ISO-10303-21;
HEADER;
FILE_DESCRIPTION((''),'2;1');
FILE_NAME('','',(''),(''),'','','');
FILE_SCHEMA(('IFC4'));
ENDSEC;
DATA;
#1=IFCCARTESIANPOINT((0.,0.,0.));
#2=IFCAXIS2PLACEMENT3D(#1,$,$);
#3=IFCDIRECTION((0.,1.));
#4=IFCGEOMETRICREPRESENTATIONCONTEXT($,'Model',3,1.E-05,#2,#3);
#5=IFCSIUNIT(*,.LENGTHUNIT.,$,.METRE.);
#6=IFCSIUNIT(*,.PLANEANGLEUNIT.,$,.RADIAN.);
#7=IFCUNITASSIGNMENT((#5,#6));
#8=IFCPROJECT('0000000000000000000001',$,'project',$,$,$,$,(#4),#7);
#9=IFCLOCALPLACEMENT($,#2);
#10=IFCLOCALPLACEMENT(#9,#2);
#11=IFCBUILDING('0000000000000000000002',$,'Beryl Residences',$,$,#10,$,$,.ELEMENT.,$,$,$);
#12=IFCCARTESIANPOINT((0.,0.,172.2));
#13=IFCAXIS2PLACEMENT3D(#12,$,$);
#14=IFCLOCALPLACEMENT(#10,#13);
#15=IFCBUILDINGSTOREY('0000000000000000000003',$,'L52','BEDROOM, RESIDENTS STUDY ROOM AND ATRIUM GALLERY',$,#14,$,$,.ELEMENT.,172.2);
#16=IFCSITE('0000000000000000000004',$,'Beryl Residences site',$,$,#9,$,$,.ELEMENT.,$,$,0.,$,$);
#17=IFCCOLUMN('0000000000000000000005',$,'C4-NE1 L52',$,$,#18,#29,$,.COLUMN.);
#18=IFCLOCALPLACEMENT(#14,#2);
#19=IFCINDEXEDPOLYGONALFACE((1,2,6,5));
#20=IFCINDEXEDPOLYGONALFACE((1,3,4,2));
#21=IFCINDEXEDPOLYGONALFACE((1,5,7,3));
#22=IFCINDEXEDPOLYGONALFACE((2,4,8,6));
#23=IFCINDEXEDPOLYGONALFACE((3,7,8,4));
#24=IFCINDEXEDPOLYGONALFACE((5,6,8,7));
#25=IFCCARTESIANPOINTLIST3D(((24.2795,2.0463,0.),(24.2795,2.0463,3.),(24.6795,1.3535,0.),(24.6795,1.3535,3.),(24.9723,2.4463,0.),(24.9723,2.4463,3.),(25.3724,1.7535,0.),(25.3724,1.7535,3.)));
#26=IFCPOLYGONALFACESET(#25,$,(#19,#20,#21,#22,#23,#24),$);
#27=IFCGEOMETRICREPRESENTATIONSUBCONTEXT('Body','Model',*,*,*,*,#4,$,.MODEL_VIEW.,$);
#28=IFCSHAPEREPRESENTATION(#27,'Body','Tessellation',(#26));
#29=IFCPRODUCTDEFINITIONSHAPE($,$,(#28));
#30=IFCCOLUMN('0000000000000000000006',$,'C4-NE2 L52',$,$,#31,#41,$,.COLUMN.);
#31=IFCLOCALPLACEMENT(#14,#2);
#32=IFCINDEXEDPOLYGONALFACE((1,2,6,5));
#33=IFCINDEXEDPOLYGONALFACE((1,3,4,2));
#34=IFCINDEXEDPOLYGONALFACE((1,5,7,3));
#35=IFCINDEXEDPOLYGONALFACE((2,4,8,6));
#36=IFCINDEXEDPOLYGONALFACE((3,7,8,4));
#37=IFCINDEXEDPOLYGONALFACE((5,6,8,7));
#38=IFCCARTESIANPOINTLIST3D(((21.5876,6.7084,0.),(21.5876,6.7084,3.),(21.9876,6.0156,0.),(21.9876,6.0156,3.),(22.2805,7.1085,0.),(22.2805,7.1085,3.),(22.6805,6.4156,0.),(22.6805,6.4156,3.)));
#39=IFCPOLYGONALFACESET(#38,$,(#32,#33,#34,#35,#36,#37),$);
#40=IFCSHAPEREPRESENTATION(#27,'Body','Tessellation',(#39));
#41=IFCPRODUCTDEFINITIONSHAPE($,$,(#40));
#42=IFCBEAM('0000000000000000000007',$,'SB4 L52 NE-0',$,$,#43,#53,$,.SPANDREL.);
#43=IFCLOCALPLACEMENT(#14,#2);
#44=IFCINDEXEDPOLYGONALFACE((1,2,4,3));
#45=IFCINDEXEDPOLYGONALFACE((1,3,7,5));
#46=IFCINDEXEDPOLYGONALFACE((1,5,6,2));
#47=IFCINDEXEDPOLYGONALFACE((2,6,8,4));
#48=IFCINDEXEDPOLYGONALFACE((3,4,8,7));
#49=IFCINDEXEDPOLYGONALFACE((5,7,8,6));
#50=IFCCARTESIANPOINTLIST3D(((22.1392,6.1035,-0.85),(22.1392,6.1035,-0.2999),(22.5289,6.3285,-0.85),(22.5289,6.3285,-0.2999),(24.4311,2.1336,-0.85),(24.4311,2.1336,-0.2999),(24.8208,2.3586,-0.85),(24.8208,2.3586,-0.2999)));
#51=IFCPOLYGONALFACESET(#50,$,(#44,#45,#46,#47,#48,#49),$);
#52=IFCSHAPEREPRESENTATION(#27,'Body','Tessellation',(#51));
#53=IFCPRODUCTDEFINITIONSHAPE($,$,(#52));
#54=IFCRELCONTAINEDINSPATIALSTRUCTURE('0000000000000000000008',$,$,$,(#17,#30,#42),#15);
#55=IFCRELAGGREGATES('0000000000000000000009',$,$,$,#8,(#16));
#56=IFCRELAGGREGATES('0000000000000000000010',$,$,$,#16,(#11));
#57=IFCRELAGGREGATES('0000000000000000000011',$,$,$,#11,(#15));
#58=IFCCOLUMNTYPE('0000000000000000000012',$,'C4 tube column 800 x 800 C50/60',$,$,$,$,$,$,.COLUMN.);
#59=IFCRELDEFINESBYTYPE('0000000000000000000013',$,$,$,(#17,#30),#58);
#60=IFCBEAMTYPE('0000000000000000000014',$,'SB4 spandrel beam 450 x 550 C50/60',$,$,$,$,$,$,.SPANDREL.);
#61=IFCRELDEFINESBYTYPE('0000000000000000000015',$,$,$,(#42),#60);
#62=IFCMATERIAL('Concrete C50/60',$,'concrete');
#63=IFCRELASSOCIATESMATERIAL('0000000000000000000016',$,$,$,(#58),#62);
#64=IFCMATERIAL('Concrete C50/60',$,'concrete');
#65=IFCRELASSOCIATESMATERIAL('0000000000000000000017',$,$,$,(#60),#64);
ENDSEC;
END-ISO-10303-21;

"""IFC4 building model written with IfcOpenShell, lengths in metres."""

from ifc_helpers import new_model, si_unit, direction, frame, origin, origin_2d, place, context, subcontext, project, spatial, rectangle, extrude, material, material_profile, profile_set, type_object, element, save


model = new_model("IFC4")

# Units and contexts
model_context = context("Model", 3, precision=1e-05, world=origin(), true_north=direction((0.0, 1.0)))
body_context = subcontext(model_context, "Body", "Model", "MODEL_VIEW")
ifc_project = project(units=[si_unit("LENGTHUNIT", "METRE"), si_unit("PLANEANGLEUNIT", "RADIAN")], contexts=[model_context])

# Site, building, storey
site_placement = place(None, origin())
site = spatial("IfcSite", under=ifc_project, at=site_placement, Name="Beryl Residences site", CompositionType="ELEMENT", RefElevation=0.0)
building_placement = place(site_placement, origin())
building = spatial("IfcBuilding", under=site, at=building_placement, Name="Beryl Residences", CompositionType="ELEMENT")
storey_placement = place(building_placement, frame((0.0, 0.0, 172.2)))
storey = spatial("IfcBuildingStorey", under=building, at=storey_placement, Name="L52", Description="BEDROOM, RESIDENTS STUDY ROOM AND ATRIUM GALLERY", CompositionType="ELEMENT", Elevation=172.2)

# Columns
ifc_material_1 = material(Name="Concrete C50/60", Category="concrete")
ifc_material_profile_1 = material_profile(ifc_material_1, rectangle(XDim=0.8, YDim=0.8, at=origin_2d()))
ifc_profile_set_1 = profile_set([ifc_material_profile_1], Name="Concrete C50/60")
column_type = type_object("IfcColumnType", Name="C4 tube column 800 x 800 C50/60", PredefinedType="COLUMN", material=ifc_profile_set_1)
for number, where, z_axis, x_axis, name in (
    (1, (24.8259, 1.8999, 0.0), (0.0, 0.0, 1.0), (-0.5, 0.866025, 0.0), "C4-NE1 L52"),
    (2, (22.134, 6.562, 0.0), (0.0, 0.0, 1.0), (-0.5, 0.866025, 0.0), "C4-NE2 L52"),
):
    element("IfcColumn", number, at=place(storey_placement, frame(where, z_axis=z_axis, x_axis=x_axis)), inside=storey, type_object=column_type, Name=name, PredefinedType="COLUMN", context=body_context, shape_type="SweptSolid", body=[
        extrude(rectangle(XDim=0.8, YDim=0.8, at=origin_2d()), origin(), (0.0, 0.0, 1.0), 3.0),
    ])

# Beam
ifc_material_2 = material(Name="Concrete C50/60", Category="concrete")
ifc_material_profile_2 = material_profile(ifc_material_2, rectangle(XDim=0.45, YDim=0.55, at=origin_2d()))
ifc_profile_set_2 = profile_set([ifc_material_profile_2], Name="Concrete C50/60")
beam_type = type_object("IfcBeamType", Name="SB4 spandrel beam 450 x 550 C50/60", PredefinedType="SPANDREL", material=ifc_profile_set_2)
beam_placement = place(storey_placement, frame((24.626, 2.2461, -0.575), z_axis=(-0.499988, 0.866032, 0.0), x_axis=(-0.866032, -0.499988, 0.0)))
element("IfcBeam", 3, at=beam_placement, inside=storey, type_object=beam_type, Name="SB4 L52 NE-0", PredefinedType="SPANDREL", context=body_context, shape_type="SweptSolid", body=[
    extrude(rectangle(XDim=0.45, YDim=0.55, at=origin_2d()), origin(), (0.0, 0.0, 1.0), 4.584),
])

save(model, "model.ifc")
